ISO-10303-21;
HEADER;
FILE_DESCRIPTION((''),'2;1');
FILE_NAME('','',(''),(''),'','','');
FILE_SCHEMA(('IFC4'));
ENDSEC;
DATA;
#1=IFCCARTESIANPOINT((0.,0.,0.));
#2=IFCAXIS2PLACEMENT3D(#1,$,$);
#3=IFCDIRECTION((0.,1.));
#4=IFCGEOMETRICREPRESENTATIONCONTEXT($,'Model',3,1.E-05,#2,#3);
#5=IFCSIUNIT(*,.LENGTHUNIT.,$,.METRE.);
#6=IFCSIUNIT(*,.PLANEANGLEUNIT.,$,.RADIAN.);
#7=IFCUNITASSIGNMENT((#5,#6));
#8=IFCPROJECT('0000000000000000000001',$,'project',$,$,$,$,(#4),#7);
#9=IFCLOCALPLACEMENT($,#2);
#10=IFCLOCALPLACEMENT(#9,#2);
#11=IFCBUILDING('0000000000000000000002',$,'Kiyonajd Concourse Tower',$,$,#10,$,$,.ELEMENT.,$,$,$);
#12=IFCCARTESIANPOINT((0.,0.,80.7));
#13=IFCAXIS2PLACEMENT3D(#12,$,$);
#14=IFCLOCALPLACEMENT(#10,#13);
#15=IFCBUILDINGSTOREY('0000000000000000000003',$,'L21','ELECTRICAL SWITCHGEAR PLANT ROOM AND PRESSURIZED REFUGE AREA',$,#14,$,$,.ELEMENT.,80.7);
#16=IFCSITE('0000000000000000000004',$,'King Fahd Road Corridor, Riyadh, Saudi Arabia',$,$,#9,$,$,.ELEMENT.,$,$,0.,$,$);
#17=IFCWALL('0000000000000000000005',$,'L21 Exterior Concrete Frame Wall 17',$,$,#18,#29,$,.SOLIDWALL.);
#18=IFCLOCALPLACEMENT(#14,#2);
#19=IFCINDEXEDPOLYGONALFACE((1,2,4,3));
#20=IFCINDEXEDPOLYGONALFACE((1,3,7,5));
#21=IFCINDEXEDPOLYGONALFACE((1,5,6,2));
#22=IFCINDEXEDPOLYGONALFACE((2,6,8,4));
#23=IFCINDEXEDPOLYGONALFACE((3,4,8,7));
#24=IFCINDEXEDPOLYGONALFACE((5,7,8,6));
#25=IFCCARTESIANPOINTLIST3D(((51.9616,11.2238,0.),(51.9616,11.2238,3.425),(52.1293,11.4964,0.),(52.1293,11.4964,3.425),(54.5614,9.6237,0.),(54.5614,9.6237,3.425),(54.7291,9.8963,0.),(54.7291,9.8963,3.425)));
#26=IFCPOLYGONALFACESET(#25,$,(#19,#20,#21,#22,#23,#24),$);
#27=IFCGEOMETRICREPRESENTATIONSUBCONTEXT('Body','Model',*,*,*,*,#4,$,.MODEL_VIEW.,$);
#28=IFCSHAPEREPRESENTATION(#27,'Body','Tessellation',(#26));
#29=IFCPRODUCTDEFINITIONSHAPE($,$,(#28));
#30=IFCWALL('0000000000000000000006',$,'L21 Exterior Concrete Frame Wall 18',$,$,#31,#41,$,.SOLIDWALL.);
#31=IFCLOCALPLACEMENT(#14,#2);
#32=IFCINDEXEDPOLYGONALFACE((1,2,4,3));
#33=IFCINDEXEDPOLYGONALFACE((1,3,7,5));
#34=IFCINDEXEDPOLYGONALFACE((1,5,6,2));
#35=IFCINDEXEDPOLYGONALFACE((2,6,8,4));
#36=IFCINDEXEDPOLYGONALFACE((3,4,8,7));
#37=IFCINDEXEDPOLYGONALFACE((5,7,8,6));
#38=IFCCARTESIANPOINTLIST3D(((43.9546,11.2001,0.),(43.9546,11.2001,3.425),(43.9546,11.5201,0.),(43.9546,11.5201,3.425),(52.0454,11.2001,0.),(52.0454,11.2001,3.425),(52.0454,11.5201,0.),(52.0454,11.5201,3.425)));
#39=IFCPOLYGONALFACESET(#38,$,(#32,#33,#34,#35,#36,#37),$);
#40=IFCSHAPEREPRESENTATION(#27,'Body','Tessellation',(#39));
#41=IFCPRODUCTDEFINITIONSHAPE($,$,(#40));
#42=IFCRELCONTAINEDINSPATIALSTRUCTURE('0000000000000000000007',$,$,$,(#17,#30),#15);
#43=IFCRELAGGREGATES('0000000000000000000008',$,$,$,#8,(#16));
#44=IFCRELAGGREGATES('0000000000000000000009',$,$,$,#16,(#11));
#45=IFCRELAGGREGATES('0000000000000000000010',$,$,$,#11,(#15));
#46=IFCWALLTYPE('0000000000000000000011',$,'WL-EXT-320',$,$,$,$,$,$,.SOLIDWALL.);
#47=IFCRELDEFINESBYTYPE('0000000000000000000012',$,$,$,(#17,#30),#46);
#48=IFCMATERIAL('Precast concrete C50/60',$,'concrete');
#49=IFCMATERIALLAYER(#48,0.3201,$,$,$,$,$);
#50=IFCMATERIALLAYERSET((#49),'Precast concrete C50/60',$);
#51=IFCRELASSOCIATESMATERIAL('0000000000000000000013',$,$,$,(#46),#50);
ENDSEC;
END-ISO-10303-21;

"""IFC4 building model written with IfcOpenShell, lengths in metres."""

from ifc_helpers import new_model, si_unit, direction, frame, frame_2d, origin, place, context, subcontext, project, spatial, rectangle, extrude, material, layer, layer_set, type_object, element, save


model = new_model("IFC4")

# Units and contexts
model_context = context("Model", 3, precision=1e-05, world=origin(), true_north=direction((0.0, 1.0)))
body_context = subcontext(model_context, "Body", "Model", "MODEL_VIEW")
ifc_project = project(units=[si_unit("LENGTHUNIT", "METRE"), si_unit("PLANEANGLEUNIT", "RADIAN")], contexts=[model_context])

# Site, building, storey
site_placement = place(None, origin())
site = spatial("IfcSite", under=ifc_project, at=site_placement, Name="King Fahd Road Corridor, Riyadh, Saudi Arabia", CompositionType="ELEMENT", RefElevation=0.0)
building_placement = place(site_placement, origin())
building = spatial("IfcBuilding", under=site, at=building_placement, Name="Kiyonajd Concourse Tower", CompositionType="ELEMENT")
storey_placement = place(building_placement, frame((0.0, 0.0, 80.7)))
storey = spatial("IfcBuildingStorey", under=building, at=storey_placement, Name="L21", Description="ELECTRICAL SWITCHGEAR PLANT ROOM AND PRESSURIZED REFUGE AREA", CompositionType="ELEMENT", Elevation=80.7)

# Walls
ifc_material_1 = material(Name="Precast concrete C50/60", Category="concrete")
ifc_layer_1 = layer(ifc_material_1, 0.3201)
ifc_layer_set_1 = layer_set([ifc_layer_1], Name="Precast concrete C50/60")
wall_type = type_object("IfcWallType", Name="WL-EXT-320", PredefinedType="SOLIDWALL", material=ifc_layer_set_1)
wall_1_placement = place(storey_placement, frame((54.6453, 9.76, 0.0), z_axis=(0.0, 0.0, 1.0), x_axis=(-0.851631, 0.524142, 0.0)))
element("IfcWall", 1, at=wall_1_placement, inside=storey, type_object=wall_type, Name="L21 Exterior Concrete Frame Wall 17", PredefinedType="SOLIDWALL", context=body_context, shape_type="SweptSolid", body=[
    extrude(rectangle(XDim=3.0527, YDim=0.3201, at=frame_2d((1.5264, 0.0))), origin(), (0.0, 0.0, 1.0), 3.425),
])
wall_2_placement = place(storey_placement, frame((52.0454, 11.3601, 0.0), z_axis=(0.0, 0.0, 1.0), x_axis=(-1.0, 0.0, 0.0)))
element("IfcWall", 2, at=wall_2_placement, inside=storey, type_object=wall_type, Name="L21 Exterior Concrete Frame Wall 18", PredefinedType="SOLIDWALL", context=body_context, shape_type="SweptSolid", body=[
    extrude(rectangle(XDim=8.0908, YDim=0.3201, at=frame_2d((4.0454, 0.0))), origin(), (0.0, 0.0, 1.0), 3.425),
])

save(model, "model.ifc")
